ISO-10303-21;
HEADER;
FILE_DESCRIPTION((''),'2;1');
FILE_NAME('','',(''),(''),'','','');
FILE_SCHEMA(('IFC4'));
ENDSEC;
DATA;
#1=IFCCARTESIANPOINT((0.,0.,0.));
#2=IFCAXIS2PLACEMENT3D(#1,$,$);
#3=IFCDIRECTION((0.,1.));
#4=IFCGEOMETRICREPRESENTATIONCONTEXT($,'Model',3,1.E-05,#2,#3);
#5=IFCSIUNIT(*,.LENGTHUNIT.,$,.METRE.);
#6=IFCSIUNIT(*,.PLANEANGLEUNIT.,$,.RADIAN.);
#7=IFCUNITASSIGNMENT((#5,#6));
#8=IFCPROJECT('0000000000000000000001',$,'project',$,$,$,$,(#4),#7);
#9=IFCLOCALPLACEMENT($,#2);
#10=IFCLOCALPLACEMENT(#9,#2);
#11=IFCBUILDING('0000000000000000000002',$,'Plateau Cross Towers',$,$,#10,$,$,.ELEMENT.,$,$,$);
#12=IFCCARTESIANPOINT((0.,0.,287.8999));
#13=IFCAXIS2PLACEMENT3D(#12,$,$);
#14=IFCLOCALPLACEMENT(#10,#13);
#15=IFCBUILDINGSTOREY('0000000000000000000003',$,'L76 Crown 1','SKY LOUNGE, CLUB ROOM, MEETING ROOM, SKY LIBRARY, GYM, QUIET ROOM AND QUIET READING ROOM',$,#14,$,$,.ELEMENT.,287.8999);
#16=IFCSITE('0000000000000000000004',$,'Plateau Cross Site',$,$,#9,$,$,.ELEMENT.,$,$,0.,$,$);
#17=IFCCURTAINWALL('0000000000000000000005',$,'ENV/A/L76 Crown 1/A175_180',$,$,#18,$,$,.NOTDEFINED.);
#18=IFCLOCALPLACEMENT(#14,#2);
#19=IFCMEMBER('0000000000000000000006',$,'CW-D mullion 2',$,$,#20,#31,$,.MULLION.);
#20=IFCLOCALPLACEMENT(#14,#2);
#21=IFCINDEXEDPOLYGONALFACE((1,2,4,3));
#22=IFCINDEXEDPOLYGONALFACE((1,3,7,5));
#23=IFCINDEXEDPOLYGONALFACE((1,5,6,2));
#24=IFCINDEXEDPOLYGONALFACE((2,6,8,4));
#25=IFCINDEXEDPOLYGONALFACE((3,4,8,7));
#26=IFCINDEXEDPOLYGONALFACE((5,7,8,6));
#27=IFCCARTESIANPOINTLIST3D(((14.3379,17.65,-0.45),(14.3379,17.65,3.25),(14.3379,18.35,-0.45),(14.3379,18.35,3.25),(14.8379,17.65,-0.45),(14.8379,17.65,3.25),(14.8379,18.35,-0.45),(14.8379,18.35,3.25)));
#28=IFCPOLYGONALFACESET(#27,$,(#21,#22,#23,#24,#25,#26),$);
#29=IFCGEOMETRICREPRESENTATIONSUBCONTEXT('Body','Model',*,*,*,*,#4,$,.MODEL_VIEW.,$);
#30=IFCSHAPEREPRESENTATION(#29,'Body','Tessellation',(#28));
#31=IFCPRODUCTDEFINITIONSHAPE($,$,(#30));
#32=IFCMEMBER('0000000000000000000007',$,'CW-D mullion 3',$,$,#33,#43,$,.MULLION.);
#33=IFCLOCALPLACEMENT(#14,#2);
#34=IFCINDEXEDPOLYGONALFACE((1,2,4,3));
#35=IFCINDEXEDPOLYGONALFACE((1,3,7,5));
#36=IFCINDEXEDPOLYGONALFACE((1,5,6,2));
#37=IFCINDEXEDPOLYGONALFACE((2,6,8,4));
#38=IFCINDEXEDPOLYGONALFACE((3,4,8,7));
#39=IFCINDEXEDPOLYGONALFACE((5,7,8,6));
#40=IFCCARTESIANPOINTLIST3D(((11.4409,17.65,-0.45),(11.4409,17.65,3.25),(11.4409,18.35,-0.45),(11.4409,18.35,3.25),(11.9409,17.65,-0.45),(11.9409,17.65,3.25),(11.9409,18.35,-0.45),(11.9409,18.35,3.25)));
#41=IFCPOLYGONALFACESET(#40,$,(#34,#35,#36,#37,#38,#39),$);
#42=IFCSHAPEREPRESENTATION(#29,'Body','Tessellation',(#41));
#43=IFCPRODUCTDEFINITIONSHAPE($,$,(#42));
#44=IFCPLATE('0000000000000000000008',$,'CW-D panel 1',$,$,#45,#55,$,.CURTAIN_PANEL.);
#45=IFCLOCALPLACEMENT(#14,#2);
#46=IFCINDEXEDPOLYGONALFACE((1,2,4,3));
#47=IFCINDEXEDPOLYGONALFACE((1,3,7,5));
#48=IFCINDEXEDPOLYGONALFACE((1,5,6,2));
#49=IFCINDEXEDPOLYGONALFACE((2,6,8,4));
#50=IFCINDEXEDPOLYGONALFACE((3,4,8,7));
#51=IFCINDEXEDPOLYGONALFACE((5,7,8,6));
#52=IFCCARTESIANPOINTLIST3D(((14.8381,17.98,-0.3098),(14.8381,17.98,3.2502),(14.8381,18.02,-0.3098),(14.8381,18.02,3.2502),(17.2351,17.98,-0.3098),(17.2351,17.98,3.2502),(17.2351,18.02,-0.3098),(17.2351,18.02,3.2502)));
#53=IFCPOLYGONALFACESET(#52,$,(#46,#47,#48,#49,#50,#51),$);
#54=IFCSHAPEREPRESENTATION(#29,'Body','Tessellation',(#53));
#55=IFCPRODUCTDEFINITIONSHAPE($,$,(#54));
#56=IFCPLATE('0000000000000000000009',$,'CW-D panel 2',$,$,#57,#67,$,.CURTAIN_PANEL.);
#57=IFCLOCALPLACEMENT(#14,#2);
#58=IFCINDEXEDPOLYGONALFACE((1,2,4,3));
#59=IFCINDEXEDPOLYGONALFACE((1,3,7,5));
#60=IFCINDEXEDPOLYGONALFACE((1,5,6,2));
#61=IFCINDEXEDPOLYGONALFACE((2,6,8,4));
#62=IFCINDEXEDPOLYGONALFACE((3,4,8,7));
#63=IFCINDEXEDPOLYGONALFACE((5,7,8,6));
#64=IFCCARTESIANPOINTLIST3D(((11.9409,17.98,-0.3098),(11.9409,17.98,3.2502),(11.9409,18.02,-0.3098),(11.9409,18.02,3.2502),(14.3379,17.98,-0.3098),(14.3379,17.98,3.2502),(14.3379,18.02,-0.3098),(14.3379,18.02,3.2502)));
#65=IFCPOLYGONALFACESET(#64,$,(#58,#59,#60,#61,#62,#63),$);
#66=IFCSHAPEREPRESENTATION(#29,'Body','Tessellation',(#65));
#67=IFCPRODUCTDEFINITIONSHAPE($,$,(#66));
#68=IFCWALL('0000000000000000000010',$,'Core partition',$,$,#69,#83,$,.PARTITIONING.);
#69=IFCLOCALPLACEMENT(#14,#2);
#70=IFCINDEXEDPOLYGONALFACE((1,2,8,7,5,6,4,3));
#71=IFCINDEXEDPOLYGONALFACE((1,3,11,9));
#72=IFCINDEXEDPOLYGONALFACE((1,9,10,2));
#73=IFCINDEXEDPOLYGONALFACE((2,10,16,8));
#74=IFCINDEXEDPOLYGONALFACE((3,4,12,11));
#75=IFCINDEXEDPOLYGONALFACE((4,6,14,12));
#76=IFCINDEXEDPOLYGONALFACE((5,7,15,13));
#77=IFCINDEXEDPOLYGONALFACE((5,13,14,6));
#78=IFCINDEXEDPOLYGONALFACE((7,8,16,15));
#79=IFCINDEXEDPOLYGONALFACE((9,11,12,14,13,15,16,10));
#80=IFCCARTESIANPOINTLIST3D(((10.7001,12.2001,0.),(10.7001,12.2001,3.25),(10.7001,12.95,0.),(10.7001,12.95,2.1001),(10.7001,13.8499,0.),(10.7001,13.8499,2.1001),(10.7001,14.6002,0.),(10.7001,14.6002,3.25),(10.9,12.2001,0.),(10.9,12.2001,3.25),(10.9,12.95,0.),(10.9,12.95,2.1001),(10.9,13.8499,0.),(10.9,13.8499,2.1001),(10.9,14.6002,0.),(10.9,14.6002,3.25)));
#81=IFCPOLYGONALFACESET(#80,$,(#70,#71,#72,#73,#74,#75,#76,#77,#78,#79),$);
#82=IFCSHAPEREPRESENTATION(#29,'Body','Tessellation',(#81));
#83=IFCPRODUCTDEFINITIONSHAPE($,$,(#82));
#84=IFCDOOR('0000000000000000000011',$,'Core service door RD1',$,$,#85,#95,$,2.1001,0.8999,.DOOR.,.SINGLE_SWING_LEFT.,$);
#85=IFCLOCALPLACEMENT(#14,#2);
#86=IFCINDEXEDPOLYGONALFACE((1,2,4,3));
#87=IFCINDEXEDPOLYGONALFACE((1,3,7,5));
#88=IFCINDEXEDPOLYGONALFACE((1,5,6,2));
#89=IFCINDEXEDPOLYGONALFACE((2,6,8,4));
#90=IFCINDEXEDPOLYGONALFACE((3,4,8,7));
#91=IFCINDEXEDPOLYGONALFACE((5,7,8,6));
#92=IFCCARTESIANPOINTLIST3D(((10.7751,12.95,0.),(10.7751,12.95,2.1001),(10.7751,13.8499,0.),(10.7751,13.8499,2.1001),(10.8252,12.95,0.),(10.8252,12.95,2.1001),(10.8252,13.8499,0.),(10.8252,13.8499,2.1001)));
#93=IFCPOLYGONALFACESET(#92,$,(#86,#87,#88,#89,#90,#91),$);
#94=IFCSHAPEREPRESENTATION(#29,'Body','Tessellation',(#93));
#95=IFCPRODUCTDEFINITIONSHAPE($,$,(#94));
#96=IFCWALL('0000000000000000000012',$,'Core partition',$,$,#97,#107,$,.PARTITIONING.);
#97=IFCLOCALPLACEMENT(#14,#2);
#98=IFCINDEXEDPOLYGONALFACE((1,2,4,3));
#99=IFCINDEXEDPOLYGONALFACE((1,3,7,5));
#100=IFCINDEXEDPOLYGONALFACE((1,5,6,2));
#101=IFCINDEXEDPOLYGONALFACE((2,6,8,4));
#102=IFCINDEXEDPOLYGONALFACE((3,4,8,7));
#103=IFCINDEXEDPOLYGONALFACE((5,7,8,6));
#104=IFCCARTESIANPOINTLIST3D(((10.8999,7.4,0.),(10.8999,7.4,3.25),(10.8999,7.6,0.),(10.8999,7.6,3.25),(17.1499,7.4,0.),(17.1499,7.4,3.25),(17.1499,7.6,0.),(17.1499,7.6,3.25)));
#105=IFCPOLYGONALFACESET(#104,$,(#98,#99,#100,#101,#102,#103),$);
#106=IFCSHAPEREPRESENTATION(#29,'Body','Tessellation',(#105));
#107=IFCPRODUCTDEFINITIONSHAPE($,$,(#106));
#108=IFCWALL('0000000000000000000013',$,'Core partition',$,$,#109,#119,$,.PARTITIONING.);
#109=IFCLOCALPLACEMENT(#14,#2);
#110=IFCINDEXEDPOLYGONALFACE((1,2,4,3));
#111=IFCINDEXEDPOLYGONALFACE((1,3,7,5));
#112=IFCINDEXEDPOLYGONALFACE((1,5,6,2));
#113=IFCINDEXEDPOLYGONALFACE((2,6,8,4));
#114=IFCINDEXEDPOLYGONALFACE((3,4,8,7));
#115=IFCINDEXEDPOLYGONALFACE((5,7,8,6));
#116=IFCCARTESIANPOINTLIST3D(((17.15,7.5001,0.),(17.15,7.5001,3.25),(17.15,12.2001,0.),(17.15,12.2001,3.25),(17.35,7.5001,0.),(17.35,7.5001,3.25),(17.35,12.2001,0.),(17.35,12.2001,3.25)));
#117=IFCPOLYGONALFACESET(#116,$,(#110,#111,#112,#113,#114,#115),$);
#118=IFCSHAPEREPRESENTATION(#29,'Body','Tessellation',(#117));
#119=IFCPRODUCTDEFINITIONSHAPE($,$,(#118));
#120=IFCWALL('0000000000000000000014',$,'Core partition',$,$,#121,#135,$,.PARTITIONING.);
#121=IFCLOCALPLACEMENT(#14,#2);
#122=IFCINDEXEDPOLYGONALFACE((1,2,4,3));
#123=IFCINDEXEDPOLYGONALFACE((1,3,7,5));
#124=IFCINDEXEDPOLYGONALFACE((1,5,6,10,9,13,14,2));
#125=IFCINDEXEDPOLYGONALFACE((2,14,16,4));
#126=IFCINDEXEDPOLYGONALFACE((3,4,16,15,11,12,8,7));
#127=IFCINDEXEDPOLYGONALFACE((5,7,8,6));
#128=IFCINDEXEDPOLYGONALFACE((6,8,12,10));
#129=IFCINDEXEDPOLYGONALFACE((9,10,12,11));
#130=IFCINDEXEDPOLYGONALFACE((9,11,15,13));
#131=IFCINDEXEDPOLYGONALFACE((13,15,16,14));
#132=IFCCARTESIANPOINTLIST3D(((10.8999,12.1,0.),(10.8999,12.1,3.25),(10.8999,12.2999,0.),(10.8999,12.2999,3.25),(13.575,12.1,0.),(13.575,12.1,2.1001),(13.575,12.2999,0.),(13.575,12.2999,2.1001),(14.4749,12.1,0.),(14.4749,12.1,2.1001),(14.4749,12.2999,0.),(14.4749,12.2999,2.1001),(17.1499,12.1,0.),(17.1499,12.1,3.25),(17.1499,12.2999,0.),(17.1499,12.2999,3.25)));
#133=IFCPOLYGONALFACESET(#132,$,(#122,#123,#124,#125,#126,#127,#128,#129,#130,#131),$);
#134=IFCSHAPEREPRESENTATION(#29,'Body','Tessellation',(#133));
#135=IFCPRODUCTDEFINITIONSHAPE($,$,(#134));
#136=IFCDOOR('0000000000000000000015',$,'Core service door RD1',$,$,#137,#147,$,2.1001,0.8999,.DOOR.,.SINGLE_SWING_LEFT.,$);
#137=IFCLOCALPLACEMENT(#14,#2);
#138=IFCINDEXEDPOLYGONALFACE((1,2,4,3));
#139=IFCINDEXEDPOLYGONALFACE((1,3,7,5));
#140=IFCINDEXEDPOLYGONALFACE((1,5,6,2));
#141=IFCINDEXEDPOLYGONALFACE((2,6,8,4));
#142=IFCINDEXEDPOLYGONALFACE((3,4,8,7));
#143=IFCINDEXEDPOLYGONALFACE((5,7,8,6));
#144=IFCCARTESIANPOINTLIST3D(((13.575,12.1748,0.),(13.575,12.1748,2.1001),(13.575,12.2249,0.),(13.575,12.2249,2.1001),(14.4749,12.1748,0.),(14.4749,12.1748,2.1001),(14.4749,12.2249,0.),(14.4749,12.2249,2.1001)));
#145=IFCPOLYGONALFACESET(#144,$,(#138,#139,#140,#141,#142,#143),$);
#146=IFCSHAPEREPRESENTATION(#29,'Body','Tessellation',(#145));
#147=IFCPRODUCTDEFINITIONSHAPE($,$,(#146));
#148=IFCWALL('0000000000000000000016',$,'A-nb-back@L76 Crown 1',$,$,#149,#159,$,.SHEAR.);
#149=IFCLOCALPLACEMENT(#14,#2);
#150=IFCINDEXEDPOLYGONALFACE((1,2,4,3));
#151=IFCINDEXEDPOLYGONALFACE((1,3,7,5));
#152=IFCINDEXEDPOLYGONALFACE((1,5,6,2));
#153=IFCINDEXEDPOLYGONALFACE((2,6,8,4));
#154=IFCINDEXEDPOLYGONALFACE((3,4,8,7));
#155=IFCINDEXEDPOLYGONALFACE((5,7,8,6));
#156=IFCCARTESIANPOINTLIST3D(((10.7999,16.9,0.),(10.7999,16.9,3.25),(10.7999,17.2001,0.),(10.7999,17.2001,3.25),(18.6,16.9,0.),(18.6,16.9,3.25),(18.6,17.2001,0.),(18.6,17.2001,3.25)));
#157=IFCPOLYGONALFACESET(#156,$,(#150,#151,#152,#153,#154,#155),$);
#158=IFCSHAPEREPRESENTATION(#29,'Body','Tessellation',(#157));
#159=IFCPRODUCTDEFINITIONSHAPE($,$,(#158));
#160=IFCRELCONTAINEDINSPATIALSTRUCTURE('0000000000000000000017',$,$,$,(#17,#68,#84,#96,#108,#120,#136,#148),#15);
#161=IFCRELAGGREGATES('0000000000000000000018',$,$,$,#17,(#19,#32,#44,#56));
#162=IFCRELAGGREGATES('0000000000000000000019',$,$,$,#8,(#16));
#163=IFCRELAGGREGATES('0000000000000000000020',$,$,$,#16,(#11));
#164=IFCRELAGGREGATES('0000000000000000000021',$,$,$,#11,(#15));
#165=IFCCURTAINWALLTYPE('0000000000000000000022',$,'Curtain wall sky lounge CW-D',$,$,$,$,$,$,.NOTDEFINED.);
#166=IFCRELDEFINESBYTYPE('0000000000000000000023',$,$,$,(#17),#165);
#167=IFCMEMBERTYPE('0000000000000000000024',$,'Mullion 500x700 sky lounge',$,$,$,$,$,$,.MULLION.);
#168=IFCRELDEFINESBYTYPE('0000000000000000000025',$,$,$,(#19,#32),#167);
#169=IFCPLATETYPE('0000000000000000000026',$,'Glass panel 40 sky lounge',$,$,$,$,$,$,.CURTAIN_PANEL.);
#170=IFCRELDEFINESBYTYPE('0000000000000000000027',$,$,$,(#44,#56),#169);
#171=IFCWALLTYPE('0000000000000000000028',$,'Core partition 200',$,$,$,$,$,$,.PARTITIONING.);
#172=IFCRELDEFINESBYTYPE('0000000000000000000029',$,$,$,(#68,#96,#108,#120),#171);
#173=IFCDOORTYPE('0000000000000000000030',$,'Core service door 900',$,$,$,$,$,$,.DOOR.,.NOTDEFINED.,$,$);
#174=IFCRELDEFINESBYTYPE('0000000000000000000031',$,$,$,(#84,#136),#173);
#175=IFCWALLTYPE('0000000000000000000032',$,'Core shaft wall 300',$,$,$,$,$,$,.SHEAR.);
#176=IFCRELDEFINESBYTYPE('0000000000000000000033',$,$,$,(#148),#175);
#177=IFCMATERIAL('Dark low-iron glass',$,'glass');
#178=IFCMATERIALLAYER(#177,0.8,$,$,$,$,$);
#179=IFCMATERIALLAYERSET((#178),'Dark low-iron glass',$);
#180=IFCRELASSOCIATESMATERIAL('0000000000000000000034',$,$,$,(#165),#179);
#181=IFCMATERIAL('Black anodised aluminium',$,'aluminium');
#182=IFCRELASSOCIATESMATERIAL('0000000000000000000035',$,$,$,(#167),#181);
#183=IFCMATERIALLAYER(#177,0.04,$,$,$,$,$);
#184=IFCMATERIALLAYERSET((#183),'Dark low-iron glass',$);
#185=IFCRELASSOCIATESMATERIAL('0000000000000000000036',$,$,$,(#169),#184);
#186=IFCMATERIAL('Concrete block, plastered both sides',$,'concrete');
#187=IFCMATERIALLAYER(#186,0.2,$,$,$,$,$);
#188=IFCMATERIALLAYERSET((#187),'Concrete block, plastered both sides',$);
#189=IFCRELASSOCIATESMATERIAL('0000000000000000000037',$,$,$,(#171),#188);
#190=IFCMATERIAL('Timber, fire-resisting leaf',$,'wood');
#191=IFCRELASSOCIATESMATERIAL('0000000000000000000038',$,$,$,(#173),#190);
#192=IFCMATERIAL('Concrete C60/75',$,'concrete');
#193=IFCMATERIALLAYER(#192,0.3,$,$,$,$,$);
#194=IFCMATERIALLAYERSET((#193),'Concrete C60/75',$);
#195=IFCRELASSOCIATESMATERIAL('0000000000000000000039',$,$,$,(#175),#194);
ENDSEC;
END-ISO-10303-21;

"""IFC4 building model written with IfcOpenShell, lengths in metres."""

from ifc_helpers import new_model, si_unit, direction, frame, frame_2d, origin, origin_2d, place, context, subcontext, project, spatial, rectangle, extrude, material, layer, layer_set, material_profile, profile_set, type_object, element, fill, aggregate, save


model = new_model("IFC4")

# Units and contexts
model_context = context("Model", 3, precision=1e-05, world=origin(), true_north=direction((0.0, 1.0)))
body_context = subcontext(model_context, "Body", "Model", "MODEL_VIEW")
ifc_project = project(units=[si_unit("LENGTHUNIT", "METRE"), si_unit("PLANEANGLEUNIT", "RADIAN")], contexts=[model_context])

# Site, building, storey
site_placement = place(None, origin())
site = spatial("IfcSite", under=ifc_project, at=site_placement, Name="Plateau Cross Site", CompositionType="ELEMENT", RefElevation=0.0)
building_placement = place(site_placement, origin())
building = spatial("IfcBuilding", under=site, at=building_placement, Name="Plateau Cross Towers", CompositionType="ELEMENT")
storey_placement = place(building_placement, frame((0.0, 0.0, 287.8999)))
storey = spatial("IfcBuildingStorey", under=building, at=storey_placement, Name="L76 Crown 1", Description="SKY LOUNGE, CLUB ROOM, MEETING ROOM, SKY LIBRARY, GYM, QUIET ROOM AND QUIET READING ROOM", CompositionType="ELEMENT", Elevation=287.8999)

# Curtain wall, members, plates
ifc_material_1 = material(Name="Dark low-iron glass", Category="glass")
ifc_layer_1 = layer(ifc_material_1, 0.8)
ifc_layer_set_1 = layer_set([ifc_layer_1], Name="Dark low-iron glass")
curtain_wall_type = type_object("IfcCurtainWallType", Name="Curtain wall sky lounge CW-D", PredefinedType="NOTDEFINED", material=ifc_layer_set_1)
curtain_wall_placement = place(storey_placement, origin())
curtain_wall = element("IfcCurtainWall", 1, at=curtain_wall_placement, inside=storey, type_object=curtain_wall_type, Name="ENV/A/L76 Crown 1/A175_180", PredefinedType="NOTDEFINED")
ifc_material_2 = material(Name="Black anodised aluminium", Category="aluminium")
ifc_material_profile = material_profile(ifc_material_2, rectangle(XDim=0.5, YDim=0.7, at=origin_2d()), Name="MULLION 500x700")
ifc_profile_set = profile_set([ifc_material_profile], Name="Black anodised aluminium")
member_type = type_object("IfcMemberType", Name="Mullion 500x700 sky lounge", PredefinedType="MULLION", material=ifc_profile_set)
member_1_placement = place(storey_placement, frame((14.5879, 18.0, -0.45), z_axis=(0.0, 0.0, 1.0), x_axis=(-1.0, 0.0, 0.0)))
member_1 = element("IfcMember", 2, at=member_1_placement, type_object=member_type, Name="CW-D mullion 2", PredefinedType="MULLION", context=body_context, shape_type="SweptSolid", body=[
    extrude(rectangle(XDim=0.5, YDim=0.7, at=origin_2d()), origin(), (0.0, 0.0, 1.0), 3.7),
])
member_2_placement = place(storey_placement, frame((11.6909, 18.0, -0.45), z_axis=(0.0, 0.0, 1.0), x_axis=(-1.0, 0.0, 0.0)))
member_2 = element("IfcMember", 3, at=member_2_placement, type_object=member_type, Name="CW-D mullion 3", PredefinedType="MULLION", context=body_context, shape_type="SweptSolid", body=[
    extrude(rectangle(XDim=0.5, YDim=0.7, at=origin_2d()), origin(), (0.0, 0.0, 1.0), 3.7),
])
ifc_layer_2 = layer(ifc_material_1, 0.04)
ifc_layer_set_2 = layer_set([ifc_layer_2], Name="Dark low-iron glass")
plate_type = type_object("IfcPlateType", Name="Glass panel 40 sky lounge", PredefinedType="CURTAIN_PANEL", material=ifc_layer_set_2)
plate_1_placement = place(storey_placement, frame((16.0366, 18.0, -0.3098), z_axis=(0.0, 0.0, 1.0), x_axis=(-1.0, 0.0, 0.0)))
plate_1 = element("IfcPlate", 4, at=plate_1_placement, type_object=plate_type, Name="CW-D panel 1", PredefinedType="CURTAIN_PANEL", context=body_context, shape_type="SweptSolid", body=[
    extrude(rectangle(XDim=2.397, YDim=0.04, at=origin_2d()), origin(), (0.0, 0.0, 1.0), 3.5601),
])
plate_2_placement = place(storey_placement, frame((13.1394, 18.0, -0.3098), z_axis=(0.0, 0.0, 1.0), x_axis=(-1.0, 0.0, 0.0)))
plate_2 = element("IfcPlate", 5, at=plate_2_placement, type_object=plate_type, Name="CW-D panel 2", PredefinedType="CURTAIN_PANEL", context=body_context, shape_type="SweptSolid", body=[
    extrude(rectangle(XDim=2.397, YDim=0.04, at=origin_2d()), origin(), (0.0, 0.0, 1.0), 3.5601),
])
aggregate(curtain_wall, [member_1, member_2, plate_1, plate_2])

# Wall, opening, door
ifc_material_3 = material(Name="Concrete block, plastered both sides", Category="concrete")
ifc_layer_3 = layer(ifc_material_3, 0.2)
ifc_layer_set_3 = layer_set([ifc_layer_3], Name="Concrete block, plastered both sides")
wall_type_1 = type_object("IfcWallType", Name="Core partition 200", PredefinedType="PARTITIONING", material=ifc_layer_set_3)
wall_1_placement = place(storey_placement, frame((10.8, 12.2, 0.0), z_axis=(0.0, 0.0, 1.0), x_axis=(0.0, 1.0, 0.0)))
wall_1 = element("IfcWall", 6, at=wall_1_placement, inside=storey, type_object=wall_type_1, Name="Core partition", PredefinedType="PARTITIONING", context=body_context, shape_type="SweptSolid", body=[
    extrude(rectangle(XDim=2.4001, YDim=0.2, at=frame_2d((1.2002, 0.0))), origin(), (0.0, 0.0, 1.0), 3.25),
])
opening_1_placement = place(wall_1_placement, frame((0.75, 0.0, 0.0)))
opening_1 = element("IfcOpeningElement", 7, at=opening_1_placement, cuts=wall_1, PredefinedType="OPENING", context=body_context, shape_type="SweptSolid", body=[
    extrude(rectangle(XDim=0.8999, YDim=2.1001, at=frame_2d((0.45, 1.05))), frame((0.0, 0.1099, 0.0), z_axis=(0.0, -1.0, 0.0), x_axis=(1.0, 0.0, 0.0)), (0.0, 0.0, 1.0), 0.22),
])
ifc_material_4 = material(Name="Timber, fire-resisting leaf", Category="wood")
door_type_1 = type_object("IfcDoorType", Name="Core service door 900", OperationType="NOTDEFINED", PredefinedType="DOOR", material=ifc_material_4)
door_1_placement = place(opening_1_placement, origin())
door_1 = element("IfcDoor", 8, at=door_1_placement, inside=storey, type_object=door_type_1, Name="Core service door RD1", OperationType="SINGLE_SWING_LEFT", OverallHeight=2.1001, OverallWidth=0.8999, PredefinedType="DOOR", context=body_context, shape_type="SweptSolid", body=[
    extrude(rectangle(XDim=0.8999, YDim=2.1001, at=frame_2d((0.45, 1.05))), frame((0.0, 0.0249, 0.0), z_axis=(0.0, -1.0, 0.0), x_axis=(1.0, 0.0, 0.0)), (0.0, 0.0, 1.0), 0.05),
])
fill(opening_1, door_1)

# Walls
wall_2_placement = place(storey_placement, frame((10.8999, 7.5, 0.0), z_axis=(0.0, 0.0, 1.0), x_axis=(1.0, 0.0, 0.0)))
element("IfcWall", 9, at=wall_2_placement, inside=storey, type_object=wall_type_1, Name="Core partition", PredefinedType="PARTITIONING", context=body_context, shape_type="SweptSolid", body=[
    extrude(rectangle(XDim=6.25, YDim=0.2, at=frame_2d((3.125, 0.0))), origin(), (0.0, 0.0, 1.0), 3.25),
])
wall_3_placement = place(storey_placement, frame((17.25, 7.5, 0.0), z_axis=(0.0, 0.0, 1.0), x_axis=(0.0, 1.0, 0.0)))
element("IfcWall", 10, at=wall_3_placement, inside=storey, type_object=wall_type_1, Name="Core partition", PredefinedType="PARTITIONING", context=body_context, shape_type="SweptSolid", body=[
    extrude(rectangle(XDim=4.7, YDim=0.2, at=frame_2d((2.3501, 0.0))), origin(), (0.0, 0.0, 1.0), 3.25),
])

# Wall, opening, door
wall_4_placement = place(storey_placement, frame((10.8999, 12.2, 0.0), z_axis=(0.0, 0.0, 1.0), x_axis=(1.0, 0.0, 0.0)))
wall_4 = element("IfcWall", 11, at=wall_4_placement, inside=storey, type_object=wall_type_1, Name="Core partition", PredefinedType="PARTITIONING", context=body_context, shape_type="SweptSolid", body=[
    extrude(rectangle(XDim=6.25, YDim=0.2, at=frame_2d((3.125, 0.0))), origin(), (0.0, 0.0, 1.0), 3.25),
])
opening_2_placement = place(wall_4_placement, frame((2.675, 0.0, 0.0)))
opening_2 = element("IfcOpeningElement", 12, at=opening_2_placement, cuts=wall_4, PredefinedType="OPENING", context=body_context, shape_type="SweptSolid", body=[
    extrude(rectangle(XDim=0.8999, YDim=2.1001, at=frame_2d((0.45, 1.05))), frame((0.0, 0.1099, 0.0), z_axis=(0.0, -1.0, 0.0), x_axis=(1.0, 0.0, 0.0)), (0.0, 0.0, 1.0), 0.22),
])
door_2_placement = place(opening_2_placement, origin())
door_2 = element("IfcDoor", 13, at=door_2_placement, inside=storey, type_object=door_type_1, Name="Core service door RD1", OperationType="SINGLE_SWING_LEFT", OverallHeight=2.1001, OverallWidth=0.8999, PredefinedType="DOOR", context=body_context, shape_type="SweptSolid", body=[
    extrude(rectangle(XDim=0.8999, YDim=2.1001, at=frame_2d((0.45, 1.05))), frame((0.0, 0.0249, 0.0), z_axis=(0.0, -1.0, 0.0), x_axis=(1.0, 0.0, 0.0)), (0.0, 0.0, 1.0), 0.05),
])
fill(opening_2, door_2)

# Wall
ifc_material_5 = material(Name="Concrete C60/75", Category="concrete")
ifc_layer_4 = layer(ifc_material_5, 0.3)
ifc_layer_set_4 = layer_set([ifc_layer_4], Name="Concrete C60/75")
wall_type_2 = type_object("IfcWallType", Name="Core shaft wall 300", PredefinedType="SHEAR", material=ifc_layer_set_4)
wall_5_placement = place(storey_placement, frame((10.8, 17.05, 0.0), z_axis=(0.0, 0.0, 1.0), x_axis=(1.0, 0.0, 0.0)))
element("IfcWall", 14, at=wall_5_placement, inside=storey, type_object=wall_type_2, Name="A-nb-back@L76 Crown 1", PredefinedType="SHEAR", context=body_context, shape_type="SweptSolid", body=[
    extrude(rectangle(XDim=7.8, YDim=0.3, at=frame_2d((3.8999, 0.0))), origin(), (0.0, 0.0, 1.0), 3.25),
])

save(model, "model.ifc")
